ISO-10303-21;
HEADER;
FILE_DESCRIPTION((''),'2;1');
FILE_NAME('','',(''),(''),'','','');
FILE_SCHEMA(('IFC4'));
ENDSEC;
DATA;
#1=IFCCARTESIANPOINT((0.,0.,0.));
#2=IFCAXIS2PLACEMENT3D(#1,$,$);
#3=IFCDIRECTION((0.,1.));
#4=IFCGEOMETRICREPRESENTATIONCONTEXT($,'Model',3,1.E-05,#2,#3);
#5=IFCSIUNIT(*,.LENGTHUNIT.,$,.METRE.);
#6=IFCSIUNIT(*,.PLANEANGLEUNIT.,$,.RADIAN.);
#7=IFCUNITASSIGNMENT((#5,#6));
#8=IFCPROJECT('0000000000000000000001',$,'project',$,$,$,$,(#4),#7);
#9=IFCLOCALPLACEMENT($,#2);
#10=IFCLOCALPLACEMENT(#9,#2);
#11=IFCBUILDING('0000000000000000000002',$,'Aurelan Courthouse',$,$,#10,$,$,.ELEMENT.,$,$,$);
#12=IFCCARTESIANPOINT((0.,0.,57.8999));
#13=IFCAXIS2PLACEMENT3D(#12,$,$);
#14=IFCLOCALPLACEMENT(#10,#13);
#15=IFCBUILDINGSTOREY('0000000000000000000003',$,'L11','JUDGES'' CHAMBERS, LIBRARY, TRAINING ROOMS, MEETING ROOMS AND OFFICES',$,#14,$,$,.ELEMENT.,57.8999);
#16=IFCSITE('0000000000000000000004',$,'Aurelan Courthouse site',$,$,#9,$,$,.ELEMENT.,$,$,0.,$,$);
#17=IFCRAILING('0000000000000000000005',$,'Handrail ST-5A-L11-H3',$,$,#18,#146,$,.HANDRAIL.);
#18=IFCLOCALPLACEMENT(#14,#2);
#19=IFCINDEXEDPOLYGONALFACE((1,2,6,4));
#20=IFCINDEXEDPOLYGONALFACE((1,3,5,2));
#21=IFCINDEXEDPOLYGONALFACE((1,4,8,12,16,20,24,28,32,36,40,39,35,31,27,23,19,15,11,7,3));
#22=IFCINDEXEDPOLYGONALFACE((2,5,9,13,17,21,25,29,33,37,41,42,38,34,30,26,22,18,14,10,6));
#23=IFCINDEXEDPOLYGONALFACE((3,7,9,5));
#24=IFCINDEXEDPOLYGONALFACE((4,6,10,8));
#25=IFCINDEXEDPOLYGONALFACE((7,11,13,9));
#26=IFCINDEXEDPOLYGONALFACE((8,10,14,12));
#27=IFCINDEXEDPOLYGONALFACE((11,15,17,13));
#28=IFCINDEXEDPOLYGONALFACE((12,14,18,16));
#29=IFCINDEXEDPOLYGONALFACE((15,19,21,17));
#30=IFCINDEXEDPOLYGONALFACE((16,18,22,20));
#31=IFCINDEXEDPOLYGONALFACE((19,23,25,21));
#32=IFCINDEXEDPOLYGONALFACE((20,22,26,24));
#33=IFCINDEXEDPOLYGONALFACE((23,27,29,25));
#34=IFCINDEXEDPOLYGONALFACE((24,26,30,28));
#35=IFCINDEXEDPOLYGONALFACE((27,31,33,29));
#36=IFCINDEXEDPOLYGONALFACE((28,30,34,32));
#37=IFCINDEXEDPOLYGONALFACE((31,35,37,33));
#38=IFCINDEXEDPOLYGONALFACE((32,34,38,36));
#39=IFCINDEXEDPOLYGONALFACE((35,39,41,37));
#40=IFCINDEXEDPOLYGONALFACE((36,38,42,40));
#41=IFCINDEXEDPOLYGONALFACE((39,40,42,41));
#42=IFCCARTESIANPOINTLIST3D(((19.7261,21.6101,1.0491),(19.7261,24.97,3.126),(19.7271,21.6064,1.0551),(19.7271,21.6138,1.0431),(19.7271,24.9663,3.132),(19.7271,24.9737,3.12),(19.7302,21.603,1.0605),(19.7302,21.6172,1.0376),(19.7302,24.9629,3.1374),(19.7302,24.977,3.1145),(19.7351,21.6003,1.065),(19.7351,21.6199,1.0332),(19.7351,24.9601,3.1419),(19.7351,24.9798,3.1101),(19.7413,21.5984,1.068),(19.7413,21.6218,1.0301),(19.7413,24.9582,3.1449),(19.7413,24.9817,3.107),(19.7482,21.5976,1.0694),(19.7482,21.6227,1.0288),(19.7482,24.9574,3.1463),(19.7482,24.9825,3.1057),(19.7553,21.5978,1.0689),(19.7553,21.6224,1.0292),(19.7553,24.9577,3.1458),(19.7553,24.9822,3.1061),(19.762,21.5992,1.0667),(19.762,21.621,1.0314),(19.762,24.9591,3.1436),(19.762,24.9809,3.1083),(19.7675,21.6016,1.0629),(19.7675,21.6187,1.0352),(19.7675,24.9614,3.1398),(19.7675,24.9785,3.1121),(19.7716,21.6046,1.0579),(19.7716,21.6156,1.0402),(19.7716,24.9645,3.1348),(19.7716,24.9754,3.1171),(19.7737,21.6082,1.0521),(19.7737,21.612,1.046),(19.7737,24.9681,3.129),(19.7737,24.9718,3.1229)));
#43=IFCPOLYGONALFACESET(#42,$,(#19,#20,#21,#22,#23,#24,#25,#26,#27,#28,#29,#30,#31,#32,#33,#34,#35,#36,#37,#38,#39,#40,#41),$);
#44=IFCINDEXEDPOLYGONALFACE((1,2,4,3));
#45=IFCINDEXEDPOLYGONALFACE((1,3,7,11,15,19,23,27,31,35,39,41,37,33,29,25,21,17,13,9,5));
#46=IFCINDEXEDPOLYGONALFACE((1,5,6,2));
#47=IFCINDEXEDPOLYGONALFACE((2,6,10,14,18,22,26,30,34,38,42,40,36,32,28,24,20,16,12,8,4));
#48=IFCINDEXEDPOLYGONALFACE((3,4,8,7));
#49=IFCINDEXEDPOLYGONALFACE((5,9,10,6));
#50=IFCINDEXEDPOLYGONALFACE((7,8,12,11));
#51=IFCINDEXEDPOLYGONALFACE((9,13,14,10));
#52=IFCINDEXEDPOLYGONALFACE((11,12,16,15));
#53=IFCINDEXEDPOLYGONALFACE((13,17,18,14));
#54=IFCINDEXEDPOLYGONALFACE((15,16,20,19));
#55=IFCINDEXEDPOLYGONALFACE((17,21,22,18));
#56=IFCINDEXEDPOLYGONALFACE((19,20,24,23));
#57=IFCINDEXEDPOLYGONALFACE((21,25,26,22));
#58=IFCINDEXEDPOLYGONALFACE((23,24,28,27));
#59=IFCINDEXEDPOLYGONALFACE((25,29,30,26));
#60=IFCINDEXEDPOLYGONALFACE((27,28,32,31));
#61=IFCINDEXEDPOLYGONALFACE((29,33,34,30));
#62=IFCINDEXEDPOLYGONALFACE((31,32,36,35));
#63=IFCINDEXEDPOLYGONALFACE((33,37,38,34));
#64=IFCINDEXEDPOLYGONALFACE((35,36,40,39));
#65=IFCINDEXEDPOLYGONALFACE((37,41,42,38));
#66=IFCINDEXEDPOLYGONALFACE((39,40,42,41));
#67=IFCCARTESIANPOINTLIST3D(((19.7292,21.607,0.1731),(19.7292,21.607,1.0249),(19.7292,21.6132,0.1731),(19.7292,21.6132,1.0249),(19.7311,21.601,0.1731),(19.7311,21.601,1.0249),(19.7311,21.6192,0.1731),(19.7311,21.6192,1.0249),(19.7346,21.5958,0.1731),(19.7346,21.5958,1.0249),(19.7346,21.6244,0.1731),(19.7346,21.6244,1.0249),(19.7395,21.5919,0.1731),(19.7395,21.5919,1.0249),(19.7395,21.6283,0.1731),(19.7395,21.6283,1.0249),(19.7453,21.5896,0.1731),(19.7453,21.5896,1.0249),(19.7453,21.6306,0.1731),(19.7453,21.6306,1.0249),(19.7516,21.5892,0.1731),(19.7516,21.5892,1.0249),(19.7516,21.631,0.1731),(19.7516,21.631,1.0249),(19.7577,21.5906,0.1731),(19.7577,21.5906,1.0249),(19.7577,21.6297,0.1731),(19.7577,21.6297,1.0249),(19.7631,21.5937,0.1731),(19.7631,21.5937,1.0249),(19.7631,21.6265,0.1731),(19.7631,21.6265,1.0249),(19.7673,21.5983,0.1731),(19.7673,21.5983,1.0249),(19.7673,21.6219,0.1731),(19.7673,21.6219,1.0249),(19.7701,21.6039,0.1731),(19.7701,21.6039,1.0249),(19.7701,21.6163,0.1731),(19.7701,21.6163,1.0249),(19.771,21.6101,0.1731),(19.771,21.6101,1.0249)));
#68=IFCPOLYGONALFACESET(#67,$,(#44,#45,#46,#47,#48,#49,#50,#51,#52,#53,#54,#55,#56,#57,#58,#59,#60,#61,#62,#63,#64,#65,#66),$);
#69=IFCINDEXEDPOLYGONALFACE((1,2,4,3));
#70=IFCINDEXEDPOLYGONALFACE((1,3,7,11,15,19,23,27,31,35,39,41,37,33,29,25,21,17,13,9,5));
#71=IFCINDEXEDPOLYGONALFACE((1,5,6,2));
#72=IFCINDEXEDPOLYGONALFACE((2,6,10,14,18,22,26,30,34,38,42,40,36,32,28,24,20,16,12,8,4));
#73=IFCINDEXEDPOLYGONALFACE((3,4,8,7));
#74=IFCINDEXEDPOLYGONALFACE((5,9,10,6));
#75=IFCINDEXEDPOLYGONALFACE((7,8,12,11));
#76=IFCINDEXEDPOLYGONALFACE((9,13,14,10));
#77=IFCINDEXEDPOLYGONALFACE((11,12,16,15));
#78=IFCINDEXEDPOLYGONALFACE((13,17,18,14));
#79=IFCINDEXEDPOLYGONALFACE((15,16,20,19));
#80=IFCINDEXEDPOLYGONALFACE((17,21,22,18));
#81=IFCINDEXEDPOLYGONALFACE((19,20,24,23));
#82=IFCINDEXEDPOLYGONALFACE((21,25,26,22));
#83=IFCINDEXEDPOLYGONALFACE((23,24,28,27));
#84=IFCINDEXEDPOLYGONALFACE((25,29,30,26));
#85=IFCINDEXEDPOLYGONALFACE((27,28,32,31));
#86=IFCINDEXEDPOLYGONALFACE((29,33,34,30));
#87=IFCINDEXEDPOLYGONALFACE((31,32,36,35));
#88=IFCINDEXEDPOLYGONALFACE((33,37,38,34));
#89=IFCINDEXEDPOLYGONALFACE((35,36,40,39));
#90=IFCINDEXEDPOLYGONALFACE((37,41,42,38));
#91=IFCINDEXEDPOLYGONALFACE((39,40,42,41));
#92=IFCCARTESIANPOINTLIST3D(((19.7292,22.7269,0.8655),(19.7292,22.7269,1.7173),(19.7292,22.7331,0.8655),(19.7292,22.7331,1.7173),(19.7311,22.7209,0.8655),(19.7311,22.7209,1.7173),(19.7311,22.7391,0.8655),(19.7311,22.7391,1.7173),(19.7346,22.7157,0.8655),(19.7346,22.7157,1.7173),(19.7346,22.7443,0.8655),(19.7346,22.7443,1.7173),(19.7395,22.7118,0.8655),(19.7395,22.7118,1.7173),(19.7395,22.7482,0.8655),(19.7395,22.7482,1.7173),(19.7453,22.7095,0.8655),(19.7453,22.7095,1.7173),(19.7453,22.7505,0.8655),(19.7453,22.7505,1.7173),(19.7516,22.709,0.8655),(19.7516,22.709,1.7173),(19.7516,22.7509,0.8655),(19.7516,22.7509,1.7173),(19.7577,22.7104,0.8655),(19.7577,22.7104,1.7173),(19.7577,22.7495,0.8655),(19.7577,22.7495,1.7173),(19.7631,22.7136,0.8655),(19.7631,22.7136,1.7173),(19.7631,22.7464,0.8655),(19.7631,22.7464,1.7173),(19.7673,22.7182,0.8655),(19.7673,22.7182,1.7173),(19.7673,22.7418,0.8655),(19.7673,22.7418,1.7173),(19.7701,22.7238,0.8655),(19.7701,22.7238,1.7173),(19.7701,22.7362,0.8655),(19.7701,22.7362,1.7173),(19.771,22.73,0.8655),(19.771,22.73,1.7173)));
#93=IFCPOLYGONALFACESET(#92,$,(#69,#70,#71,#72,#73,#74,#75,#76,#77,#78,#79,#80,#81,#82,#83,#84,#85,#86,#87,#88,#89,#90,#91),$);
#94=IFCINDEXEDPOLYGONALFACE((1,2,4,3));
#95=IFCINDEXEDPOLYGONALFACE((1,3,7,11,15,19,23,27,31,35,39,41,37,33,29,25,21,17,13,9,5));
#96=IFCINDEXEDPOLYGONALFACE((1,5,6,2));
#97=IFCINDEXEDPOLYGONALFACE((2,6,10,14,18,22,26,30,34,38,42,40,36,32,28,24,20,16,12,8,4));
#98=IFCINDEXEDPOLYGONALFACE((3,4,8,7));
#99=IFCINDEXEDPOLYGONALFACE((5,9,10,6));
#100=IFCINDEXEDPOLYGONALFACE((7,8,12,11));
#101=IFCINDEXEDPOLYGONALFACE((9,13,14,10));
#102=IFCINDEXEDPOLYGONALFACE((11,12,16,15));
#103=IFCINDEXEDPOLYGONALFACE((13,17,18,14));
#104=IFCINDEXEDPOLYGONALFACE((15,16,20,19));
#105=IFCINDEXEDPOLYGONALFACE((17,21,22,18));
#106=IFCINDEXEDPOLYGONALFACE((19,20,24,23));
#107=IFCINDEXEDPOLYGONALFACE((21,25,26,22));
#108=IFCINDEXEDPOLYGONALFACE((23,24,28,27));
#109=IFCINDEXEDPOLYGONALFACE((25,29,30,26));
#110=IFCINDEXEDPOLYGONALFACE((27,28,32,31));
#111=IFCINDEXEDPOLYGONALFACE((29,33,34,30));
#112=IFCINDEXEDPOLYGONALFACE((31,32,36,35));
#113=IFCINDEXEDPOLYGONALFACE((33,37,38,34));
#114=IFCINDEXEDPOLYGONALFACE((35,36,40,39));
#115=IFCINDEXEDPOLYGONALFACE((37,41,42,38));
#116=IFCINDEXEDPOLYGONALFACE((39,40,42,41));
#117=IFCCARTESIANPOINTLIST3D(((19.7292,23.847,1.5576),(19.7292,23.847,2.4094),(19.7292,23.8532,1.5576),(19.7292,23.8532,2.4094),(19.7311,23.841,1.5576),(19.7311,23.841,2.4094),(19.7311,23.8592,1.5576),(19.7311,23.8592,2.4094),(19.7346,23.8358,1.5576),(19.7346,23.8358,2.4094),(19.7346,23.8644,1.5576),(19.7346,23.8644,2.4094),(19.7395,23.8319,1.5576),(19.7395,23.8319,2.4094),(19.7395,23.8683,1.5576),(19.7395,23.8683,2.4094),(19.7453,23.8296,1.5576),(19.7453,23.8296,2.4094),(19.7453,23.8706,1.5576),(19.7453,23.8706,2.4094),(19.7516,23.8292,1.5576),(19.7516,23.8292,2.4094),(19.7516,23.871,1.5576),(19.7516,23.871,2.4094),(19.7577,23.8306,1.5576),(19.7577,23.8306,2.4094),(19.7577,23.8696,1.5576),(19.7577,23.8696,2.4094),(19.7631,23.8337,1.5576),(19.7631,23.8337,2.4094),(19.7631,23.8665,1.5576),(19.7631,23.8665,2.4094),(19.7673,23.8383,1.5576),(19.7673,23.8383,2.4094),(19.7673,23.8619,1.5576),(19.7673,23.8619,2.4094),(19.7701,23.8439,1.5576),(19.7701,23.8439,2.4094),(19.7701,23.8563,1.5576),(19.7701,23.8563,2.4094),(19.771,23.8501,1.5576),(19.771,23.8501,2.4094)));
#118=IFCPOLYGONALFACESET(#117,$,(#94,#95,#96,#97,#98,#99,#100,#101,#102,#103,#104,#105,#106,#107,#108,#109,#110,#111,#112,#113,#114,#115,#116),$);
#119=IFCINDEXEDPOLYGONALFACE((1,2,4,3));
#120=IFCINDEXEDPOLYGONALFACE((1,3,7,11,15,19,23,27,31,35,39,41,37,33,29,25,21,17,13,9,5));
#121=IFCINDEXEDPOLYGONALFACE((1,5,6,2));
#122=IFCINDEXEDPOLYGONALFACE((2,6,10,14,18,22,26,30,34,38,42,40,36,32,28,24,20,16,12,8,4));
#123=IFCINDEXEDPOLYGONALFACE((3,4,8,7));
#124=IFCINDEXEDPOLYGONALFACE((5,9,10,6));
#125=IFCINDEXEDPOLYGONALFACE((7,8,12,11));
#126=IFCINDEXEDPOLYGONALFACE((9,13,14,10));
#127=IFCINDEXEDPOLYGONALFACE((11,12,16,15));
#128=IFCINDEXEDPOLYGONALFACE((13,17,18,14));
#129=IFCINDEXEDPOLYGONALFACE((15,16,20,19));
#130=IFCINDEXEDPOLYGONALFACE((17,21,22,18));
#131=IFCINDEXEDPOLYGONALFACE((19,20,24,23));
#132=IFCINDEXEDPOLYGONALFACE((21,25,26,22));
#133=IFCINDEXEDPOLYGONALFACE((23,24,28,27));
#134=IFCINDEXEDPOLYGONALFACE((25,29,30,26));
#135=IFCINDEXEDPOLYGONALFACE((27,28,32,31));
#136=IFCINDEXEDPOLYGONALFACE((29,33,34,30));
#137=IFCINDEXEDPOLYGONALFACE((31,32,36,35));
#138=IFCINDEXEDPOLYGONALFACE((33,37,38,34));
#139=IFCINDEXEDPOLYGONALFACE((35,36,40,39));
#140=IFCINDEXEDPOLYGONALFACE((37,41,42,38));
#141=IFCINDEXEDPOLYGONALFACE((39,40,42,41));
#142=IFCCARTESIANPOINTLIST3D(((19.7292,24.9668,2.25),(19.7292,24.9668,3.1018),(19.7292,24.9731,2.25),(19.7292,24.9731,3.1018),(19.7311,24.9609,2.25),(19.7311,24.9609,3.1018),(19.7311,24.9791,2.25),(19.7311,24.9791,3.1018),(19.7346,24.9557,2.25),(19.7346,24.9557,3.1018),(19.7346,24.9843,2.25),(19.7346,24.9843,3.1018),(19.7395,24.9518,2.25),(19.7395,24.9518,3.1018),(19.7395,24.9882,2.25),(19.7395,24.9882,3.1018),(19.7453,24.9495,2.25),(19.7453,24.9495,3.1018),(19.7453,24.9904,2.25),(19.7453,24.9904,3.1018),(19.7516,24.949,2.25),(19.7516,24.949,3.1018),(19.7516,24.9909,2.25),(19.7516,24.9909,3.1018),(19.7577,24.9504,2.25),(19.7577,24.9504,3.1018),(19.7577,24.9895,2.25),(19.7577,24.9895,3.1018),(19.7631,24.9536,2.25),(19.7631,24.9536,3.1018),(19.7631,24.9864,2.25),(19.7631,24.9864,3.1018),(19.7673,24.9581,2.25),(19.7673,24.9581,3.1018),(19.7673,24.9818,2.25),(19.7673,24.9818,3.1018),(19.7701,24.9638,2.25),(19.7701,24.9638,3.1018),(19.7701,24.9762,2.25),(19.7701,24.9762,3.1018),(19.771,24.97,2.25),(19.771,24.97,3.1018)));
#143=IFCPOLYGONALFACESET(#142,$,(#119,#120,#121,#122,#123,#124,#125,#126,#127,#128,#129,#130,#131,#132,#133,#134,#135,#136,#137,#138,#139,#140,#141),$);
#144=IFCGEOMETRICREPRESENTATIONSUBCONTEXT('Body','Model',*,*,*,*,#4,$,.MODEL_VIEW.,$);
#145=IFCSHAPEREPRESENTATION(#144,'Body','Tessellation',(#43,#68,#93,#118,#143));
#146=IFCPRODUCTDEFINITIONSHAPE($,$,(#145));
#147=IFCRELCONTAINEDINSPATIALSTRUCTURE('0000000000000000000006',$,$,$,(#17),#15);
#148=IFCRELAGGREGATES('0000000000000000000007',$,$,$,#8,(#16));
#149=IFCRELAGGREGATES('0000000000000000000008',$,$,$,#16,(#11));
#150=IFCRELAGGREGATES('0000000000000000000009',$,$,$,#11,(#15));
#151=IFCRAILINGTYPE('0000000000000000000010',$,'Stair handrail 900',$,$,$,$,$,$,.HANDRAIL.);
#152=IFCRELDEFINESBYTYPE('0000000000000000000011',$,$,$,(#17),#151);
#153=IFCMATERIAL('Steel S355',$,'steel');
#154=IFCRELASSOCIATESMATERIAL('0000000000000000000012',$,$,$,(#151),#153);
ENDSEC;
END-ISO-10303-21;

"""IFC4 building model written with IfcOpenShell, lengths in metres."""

from ifc_helpers import new_model, si_unit, direction, frame, origin, origin_2d, place, context, subcontext, project, spatial, circle, extrude, material, type_object, element, save


model = new_model("IFC4")

# Units and contexts
model_context = context("Model", 3, precision=1e-05, world=origin(), true_north=direction((0.0, 1.0)))
body_context = subcontext(model_context, "Body", "Model", "MODEL_VIEW")
ifc_project = project(units=[si_unit("LENGTHUNIT", "METRE"), si_unit("PLANEANGLEUNIT", "RADIAN")], contexts=[model_context])

# Site, building, storey
site_placement = place(None, origin())
site = spatial("IfcSite", under=ifc_project, at=site_placement, Name="Aurelan Courthouse site", CompositionType="ELEMENT", RefElevation=0.0)
building_placement = place(site_placement, origin())
building = spatial("IfcBuilding", under=site, at=building_placement, Name="Aurelan Courthouse", CompositionType="ELEMENT")
storey_placement = place(building_placement, frame((0.0, 0.0, 57.8999)))
storey = spatial("IfcBuildingStorey", under=building, at=storey_placement, Name="L11", Description="JUDGES' CHAMBERS, LIBRARY, TRAINING ROOMS, MEETING ROOMS AND OFFICES", CompositionType="ELEMENT", Elevation=57.8999)

# Railing
ifc_material_1 = material(Name="Steel S355", Category="steel")
railing_type_1 = type_object("IfcRailingType", Name="Stair handrail 900", PredefinedType="HANDRAIL", material=ifc_material_1)
for number, where, name in (
    (1, (19.75, 21.6101, 0.1731), "Handrail ST-5A-L11-H3"),
):
    element("IfcRailing", number, at=place(storey_placement, frame(where)), inside=storey, type_object=railing_type_1, Name=name, PredefinedType="HANDRAIL", context=body_context, shape_type="SweptSolid", body=[
        extrude(circle(Radius=0.0239, at=origin_2d()), frame((0.0, 0.0, 0.876), z_axis=(0.0, 0.850606, 0.525803), x_axis=(-1.0, 0.0, 0.0)), (0.0, 0.0, 1.0), 3.95),
        extrude(circle(Radius=0.021, at=origin_2d()), origin(), (0.0, 0.0, 1.0), 0.8518),
        extrude(circle(Radius=0.021, at=origin_2d()), frame((0.0, 1.1199, 0.6924)), (0.0, 0.0, 1.0), 0.8518),
        extrude(circle(Radius=0.021, at=origin_2d()), frame((0.0, 2.24, 1.3845)), (0.0, 0.0, 1.0), 0.8518),
        extrude(circle(Radius=0.021, at=origin_2d()), frame((0.0, 3.3599, 2.0769)), (0.0, 0.0, 1.0), 0.8518),
    ])

save(model, "model.ifc")
